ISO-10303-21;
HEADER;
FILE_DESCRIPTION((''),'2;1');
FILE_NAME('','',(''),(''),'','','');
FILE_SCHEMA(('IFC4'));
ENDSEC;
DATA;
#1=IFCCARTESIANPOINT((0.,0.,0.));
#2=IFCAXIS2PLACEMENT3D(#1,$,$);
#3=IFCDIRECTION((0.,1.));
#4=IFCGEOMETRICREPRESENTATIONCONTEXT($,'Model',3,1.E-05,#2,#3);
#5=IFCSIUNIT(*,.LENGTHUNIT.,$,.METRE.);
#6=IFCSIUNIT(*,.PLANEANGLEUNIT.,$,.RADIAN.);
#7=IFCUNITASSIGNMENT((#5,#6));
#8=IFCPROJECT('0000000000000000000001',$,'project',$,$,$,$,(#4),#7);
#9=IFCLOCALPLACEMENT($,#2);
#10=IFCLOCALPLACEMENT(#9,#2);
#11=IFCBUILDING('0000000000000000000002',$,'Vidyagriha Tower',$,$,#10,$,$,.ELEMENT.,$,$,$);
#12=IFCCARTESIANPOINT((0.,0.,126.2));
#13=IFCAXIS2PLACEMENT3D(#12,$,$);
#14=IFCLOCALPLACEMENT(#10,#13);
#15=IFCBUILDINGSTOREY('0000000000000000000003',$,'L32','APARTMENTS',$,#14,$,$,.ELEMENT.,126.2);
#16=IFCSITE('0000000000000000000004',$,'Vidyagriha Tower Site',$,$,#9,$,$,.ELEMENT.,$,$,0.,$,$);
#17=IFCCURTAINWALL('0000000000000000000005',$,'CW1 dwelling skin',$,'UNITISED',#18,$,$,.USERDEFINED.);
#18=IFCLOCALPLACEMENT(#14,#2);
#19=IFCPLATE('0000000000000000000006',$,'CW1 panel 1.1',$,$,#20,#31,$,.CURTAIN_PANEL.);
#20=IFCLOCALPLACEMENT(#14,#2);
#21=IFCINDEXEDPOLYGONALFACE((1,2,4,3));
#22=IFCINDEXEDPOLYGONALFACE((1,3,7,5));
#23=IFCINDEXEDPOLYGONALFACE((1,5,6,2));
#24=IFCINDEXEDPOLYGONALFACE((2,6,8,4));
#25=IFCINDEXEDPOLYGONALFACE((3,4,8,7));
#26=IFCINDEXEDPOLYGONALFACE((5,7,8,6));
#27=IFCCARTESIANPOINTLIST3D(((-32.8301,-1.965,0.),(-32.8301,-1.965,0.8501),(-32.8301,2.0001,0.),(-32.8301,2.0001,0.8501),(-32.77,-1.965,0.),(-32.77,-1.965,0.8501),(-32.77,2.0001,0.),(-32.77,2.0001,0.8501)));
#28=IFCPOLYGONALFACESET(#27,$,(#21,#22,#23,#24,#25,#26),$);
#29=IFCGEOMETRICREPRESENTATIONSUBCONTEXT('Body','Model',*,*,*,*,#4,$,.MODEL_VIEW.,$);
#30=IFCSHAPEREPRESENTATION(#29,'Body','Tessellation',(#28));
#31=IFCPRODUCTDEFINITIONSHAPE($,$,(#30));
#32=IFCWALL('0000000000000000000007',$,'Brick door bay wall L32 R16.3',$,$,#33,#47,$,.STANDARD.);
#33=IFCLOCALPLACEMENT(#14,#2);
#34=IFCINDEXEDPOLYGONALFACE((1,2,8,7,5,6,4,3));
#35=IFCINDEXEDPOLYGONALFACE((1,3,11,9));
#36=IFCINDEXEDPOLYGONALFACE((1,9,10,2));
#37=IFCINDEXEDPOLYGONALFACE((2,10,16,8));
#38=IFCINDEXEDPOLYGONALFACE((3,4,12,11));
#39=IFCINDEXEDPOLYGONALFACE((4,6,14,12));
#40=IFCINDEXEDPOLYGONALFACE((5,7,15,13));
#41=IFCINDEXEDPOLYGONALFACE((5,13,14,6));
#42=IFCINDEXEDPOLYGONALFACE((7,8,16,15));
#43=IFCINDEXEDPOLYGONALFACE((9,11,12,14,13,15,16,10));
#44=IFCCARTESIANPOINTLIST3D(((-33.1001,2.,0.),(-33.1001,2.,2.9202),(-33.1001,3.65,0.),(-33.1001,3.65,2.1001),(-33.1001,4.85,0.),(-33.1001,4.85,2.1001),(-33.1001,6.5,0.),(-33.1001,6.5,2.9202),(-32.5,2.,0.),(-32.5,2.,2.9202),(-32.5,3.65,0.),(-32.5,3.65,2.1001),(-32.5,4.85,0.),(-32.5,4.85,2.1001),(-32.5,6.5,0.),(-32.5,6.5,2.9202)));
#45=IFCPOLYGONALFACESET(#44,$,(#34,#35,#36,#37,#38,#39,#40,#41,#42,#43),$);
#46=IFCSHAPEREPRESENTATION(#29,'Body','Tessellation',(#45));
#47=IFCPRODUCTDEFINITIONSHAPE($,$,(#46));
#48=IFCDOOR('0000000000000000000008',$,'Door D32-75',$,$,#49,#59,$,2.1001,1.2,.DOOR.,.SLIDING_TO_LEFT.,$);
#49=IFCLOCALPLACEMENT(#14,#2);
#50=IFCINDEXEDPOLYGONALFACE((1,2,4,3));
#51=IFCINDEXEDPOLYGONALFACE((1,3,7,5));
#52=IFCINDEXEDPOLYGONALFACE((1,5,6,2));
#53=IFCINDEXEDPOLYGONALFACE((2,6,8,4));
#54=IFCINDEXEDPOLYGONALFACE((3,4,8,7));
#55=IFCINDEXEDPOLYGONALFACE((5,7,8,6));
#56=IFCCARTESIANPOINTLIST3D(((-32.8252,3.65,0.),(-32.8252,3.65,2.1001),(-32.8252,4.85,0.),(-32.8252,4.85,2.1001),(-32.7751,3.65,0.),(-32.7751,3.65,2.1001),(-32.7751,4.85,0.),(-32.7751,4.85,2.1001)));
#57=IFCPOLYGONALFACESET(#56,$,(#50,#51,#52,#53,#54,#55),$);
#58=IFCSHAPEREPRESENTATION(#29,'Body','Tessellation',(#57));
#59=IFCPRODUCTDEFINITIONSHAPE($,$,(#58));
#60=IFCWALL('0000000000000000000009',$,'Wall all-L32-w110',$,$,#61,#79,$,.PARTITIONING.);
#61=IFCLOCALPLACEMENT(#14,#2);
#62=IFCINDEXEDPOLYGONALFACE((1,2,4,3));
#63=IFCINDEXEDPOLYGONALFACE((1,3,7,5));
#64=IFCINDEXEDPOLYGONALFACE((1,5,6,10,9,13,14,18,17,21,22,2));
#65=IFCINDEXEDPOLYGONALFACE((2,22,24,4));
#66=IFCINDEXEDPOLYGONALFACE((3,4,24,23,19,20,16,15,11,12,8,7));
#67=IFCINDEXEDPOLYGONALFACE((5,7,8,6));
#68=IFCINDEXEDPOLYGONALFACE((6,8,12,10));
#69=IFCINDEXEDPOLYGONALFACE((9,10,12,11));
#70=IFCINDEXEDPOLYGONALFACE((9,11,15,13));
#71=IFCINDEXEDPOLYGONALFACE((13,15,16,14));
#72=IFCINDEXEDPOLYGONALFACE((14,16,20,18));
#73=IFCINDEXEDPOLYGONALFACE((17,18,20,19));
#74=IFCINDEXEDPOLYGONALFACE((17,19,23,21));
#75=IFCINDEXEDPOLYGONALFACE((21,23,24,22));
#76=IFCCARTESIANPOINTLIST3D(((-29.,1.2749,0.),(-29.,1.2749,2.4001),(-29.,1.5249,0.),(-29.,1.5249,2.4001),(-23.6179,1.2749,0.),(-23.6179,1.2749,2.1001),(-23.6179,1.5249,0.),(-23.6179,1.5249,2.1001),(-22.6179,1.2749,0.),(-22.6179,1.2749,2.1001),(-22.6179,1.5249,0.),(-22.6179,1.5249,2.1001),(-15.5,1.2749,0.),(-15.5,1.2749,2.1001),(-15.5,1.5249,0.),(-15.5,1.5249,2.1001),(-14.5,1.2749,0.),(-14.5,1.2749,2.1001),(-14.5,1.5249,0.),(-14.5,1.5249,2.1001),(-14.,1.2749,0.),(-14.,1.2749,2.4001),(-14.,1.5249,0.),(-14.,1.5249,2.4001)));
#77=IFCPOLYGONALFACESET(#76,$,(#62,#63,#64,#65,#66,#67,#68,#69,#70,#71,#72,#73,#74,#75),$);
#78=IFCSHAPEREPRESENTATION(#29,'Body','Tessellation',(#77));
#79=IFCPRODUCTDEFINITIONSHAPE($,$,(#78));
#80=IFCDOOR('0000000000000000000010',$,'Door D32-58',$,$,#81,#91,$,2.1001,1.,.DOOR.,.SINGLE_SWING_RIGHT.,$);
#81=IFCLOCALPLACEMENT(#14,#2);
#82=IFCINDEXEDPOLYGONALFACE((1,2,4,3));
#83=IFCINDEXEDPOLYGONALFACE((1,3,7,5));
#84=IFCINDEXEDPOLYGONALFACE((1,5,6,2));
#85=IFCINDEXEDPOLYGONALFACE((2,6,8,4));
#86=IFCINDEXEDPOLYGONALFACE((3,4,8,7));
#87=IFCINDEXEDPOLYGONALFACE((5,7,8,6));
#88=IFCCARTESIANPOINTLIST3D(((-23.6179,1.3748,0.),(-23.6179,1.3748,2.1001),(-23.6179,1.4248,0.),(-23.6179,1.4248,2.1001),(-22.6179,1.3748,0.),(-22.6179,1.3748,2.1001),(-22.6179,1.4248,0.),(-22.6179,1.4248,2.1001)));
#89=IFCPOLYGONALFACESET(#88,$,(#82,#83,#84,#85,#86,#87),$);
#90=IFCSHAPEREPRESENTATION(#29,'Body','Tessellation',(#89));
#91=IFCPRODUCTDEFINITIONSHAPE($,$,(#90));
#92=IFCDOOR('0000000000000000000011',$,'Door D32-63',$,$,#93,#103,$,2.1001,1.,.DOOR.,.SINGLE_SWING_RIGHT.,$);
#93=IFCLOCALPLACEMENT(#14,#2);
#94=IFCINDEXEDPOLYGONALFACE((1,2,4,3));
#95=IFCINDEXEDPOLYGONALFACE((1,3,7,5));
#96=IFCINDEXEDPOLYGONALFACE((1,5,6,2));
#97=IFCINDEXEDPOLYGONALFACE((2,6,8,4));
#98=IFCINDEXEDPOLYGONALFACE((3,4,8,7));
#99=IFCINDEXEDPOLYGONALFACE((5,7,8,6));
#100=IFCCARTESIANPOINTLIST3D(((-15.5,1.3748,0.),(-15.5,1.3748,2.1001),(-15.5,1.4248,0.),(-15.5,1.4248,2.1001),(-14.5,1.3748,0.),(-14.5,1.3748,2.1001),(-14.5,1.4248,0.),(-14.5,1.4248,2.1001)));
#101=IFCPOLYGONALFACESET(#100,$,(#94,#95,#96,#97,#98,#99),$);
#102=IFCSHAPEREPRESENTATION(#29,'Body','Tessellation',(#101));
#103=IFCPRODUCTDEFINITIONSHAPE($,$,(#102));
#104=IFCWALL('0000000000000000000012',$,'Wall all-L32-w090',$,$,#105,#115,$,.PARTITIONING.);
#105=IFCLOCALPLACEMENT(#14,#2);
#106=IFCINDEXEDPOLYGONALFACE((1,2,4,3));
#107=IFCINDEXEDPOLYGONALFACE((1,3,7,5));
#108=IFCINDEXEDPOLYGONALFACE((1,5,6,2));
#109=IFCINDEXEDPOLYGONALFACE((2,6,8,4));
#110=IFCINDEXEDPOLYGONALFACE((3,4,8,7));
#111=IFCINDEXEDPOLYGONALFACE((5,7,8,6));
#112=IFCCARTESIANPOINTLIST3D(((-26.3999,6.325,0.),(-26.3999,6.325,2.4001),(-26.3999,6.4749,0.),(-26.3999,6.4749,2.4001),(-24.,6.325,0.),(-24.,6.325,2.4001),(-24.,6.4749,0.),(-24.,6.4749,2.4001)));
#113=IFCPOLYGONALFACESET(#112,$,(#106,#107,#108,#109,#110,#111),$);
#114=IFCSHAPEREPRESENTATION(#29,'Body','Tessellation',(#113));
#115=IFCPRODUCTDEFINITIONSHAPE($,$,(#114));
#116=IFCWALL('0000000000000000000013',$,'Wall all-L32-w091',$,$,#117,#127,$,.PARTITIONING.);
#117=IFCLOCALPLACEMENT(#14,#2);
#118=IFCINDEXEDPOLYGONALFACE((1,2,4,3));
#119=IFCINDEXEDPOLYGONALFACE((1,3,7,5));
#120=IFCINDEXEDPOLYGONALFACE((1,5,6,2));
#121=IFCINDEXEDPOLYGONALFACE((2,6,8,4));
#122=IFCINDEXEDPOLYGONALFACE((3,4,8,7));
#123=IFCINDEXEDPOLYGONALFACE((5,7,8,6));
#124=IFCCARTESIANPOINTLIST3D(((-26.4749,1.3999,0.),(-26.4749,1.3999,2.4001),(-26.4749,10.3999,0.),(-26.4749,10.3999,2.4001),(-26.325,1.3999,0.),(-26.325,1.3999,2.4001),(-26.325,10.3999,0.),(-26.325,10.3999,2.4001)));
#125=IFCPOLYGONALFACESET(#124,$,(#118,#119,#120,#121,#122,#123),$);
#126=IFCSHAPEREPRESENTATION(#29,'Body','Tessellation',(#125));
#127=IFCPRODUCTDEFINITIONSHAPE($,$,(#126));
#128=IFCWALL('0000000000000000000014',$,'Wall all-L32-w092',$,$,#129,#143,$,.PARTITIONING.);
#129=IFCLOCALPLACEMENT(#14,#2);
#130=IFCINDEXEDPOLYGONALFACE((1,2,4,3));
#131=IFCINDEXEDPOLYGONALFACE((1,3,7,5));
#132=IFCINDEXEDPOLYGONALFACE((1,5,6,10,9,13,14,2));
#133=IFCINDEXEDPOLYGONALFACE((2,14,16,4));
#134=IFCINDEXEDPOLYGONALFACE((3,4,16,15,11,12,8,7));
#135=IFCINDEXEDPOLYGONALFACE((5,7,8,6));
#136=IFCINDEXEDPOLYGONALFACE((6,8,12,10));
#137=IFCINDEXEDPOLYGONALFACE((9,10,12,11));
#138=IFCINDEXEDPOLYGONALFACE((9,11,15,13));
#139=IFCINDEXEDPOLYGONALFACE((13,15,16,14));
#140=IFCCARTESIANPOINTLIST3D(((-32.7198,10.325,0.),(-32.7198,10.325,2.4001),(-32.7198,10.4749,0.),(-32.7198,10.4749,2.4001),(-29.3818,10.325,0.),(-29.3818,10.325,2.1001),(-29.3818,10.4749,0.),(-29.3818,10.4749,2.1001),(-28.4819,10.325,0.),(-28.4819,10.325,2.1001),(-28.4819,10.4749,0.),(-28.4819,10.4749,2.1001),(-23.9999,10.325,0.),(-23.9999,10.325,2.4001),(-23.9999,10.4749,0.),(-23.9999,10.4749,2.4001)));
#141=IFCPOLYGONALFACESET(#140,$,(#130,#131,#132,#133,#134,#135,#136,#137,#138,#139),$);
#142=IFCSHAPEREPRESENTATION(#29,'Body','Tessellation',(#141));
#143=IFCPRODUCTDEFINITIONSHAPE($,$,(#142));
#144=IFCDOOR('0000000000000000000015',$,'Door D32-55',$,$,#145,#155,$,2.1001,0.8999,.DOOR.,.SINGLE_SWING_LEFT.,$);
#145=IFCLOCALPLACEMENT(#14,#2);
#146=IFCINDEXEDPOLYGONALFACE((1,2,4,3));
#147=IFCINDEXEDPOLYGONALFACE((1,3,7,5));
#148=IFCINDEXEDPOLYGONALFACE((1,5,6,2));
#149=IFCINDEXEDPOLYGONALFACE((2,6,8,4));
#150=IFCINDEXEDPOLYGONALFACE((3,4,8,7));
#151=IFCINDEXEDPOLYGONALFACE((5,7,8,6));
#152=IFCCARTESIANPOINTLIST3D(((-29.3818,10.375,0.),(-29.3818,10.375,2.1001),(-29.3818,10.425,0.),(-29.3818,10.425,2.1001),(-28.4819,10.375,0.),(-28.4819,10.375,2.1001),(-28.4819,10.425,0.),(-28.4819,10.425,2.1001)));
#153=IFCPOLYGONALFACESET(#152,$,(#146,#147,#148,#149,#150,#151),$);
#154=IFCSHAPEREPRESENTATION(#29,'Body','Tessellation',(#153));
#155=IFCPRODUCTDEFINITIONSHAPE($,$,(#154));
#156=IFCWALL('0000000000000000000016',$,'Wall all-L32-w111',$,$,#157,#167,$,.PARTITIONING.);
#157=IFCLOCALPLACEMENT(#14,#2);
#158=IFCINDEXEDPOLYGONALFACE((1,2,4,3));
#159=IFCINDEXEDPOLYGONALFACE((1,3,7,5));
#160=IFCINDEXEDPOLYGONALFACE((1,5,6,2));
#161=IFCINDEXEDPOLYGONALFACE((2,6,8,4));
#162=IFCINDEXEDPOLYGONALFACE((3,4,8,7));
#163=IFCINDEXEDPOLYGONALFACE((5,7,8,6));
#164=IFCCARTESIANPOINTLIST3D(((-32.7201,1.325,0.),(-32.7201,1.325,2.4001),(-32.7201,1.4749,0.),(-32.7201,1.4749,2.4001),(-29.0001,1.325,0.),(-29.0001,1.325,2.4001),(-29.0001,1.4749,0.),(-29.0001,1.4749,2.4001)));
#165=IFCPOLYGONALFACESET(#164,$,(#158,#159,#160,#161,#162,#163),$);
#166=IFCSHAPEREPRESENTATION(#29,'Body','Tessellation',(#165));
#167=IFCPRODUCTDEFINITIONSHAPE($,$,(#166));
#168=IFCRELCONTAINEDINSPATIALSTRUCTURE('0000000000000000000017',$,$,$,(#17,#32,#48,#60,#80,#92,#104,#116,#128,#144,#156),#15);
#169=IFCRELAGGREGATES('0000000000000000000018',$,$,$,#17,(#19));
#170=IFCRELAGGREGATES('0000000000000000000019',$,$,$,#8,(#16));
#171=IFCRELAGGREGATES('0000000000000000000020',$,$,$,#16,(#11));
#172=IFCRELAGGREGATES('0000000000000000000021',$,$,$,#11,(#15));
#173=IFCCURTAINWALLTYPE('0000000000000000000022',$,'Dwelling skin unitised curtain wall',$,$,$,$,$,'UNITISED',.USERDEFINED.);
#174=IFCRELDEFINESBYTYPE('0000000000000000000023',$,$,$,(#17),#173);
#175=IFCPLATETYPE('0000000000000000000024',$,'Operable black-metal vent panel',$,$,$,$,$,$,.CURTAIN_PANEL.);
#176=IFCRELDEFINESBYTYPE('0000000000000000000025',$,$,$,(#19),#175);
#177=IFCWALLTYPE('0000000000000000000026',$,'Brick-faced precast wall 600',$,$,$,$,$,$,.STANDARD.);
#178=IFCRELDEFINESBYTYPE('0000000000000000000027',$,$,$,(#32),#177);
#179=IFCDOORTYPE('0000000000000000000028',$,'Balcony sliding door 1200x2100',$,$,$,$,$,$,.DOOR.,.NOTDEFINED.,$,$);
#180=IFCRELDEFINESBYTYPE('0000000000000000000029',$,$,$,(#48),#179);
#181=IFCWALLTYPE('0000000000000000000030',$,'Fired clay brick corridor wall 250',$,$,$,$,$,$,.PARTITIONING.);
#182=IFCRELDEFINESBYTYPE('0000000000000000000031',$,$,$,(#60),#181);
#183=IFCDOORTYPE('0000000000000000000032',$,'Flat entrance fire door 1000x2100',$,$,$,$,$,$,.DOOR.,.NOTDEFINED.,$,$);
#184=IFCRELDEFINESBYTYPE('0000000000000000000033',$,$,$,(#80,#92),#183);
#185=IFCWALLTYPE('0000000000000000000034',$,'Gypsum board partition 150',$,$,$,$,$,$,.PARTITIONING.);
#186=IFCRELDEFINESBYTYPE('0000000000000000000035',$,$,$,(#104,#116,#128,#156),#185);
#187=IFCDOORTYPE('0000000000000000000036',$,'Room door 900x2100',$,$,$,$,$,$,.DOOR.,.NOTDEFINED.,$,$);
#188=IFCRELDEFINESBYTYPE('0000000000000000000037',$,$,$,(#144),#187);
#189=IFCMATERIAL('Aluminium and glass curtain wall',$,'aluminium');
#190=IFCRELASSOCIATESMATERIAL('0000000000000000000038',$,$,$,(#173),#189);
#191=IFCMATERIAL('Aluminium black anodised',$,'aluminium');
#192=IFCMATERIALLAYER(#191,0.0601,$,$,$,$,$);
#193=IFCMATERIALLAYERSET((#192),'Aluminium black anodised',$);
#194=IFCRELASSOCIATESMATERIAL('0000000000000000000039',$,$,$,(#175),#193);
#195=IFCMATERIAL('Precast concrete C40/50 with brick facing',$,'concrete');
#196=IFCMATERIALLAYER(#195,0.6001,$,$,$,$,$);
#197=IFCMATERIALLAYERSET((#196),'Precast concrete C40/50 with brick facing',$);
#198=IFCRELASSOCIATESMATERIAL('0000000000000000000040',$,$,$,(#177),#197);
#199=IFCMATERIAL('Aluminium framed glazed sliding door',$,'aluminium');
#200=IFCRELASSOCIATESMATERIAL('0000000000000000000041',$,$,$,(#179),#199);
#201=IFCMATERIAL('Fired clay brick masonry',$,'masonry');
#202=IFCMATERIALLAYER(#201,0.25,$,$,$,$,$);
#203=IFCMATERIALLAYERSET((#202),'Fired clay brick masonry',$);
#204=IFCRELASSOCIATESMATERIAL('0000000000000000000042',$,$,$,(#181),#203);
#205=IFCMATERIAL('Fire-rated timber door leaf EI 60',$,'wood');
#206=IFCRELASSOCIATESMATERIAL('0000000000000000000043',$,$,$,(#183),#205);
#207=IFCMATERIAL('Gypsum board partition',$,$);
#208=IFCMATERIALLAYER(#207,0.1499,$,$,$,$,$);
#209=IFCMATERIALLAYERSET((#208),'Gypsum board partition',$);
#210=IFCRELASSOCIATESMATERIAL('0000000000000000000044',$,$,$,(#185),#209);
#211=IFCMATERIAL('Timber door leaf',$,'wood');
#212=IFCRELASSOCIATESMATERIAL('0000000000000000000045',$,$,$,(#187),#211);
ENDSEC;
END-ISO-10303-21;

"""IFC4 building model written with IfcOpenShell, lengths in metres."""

from ifc_helpers import new_model, si_unit, direction, frame, frame_2d, origin, origin_2d, place, context, subcontext, project, spatial, rectangle, extrude, material, layer, layer_set, type_object, element, fill, aggregate, save


model = new_model("IFC4")

# Units and contexts
model_context = context("Model", 3, precision=1e-05, world=origin(), true_north=direction((0.0, 1.0)))
body_context = subcontext(model_context, "Body", "Model", "MODEL_VIEW")
ifc_project = project(units=[si_unit("LENGTHUNIT", "METRE"), si_unit("PLANEANGLEUNIT", "RADIAN")], contexts=[model_context])

# Site, building, storey
site_placement = place(None, origin())
site = spatial("IfcSite", under=ifc_project, at=site_placement, Name="Vidyagriha Tower Site", CompositionType="ELEMENT", RefElevation=0.0)
building_placement = place(site_placement, origin())
building = spatial("IfcBuilding", under=site, at=building_placement, Name="Vidyagriha Tower", CompositionType="ELEMENT")
storey_placement = place(building_placement, frame((0.0, 0.0, 126.2)))
storey = spatial("IfcBuildingStorey", under=building, at=storey_placement, Name="L32", Description="APARTMENTS", CompositionType="ELEMENT", Elevation=126.2)

# Shared definitions
ifc_material_1 = material(Name="Aluminium and glass curtain wall", Category="aluminium")
curtain_wall_type = type_object("IfcCurtainWallType", Name="Dwelling skin unitised curtain wall", ElementType="UNITISED", PredefinedType="USERDEFINED", material=ifc_material_1)

# Curtain wall
curtain_wall_1_placement = place(storey_placement, origin())
curtain_wall_1 = element("IfcCurtainWall", 1, at=curtain_wall_1_placement, inside=storey, type_object=curtain_wall_type, Name="CW1 dwelling skin", ObjectType="UNITISED", PredefinedType="USERDEFINED")

# Plate
ifc_material_2 = material(Name="Aluminium black anodised", Category="aluminium")
ifc_layer_1 = layer(ifc_material_2, 0.0601)
ifc_layer_set_1 = layer_set([ifc_layer_1], Name="Aluminium black anodised")
plate_type_1 = type_object("IfcPlateType", Name="Operable black-metal vent panel", PredefinedType="CURTAIN_PANEL", material=ifc_layer_set_1)
plate_1_placement = place(storey_placement, frame((-32.8, 0.0176, 0.0), z_axis=(0.0, 0.0, 1.0), x_axis=(0.0, -1.0, 0.0)))
plate_1 = element("IfcPlate", 2, at=plate_1_placement, type_object=plate_type_1, Name="CW1 panel 1.1", PredefinedType="CURTAIN_PANEL", context=body_context, shape_type="SweptSolid", body=[
    extrude(rectangle(XDim=3.9651, YDim=0.0601, at=origin_2d()), origin(), (0.0, 0.0, 1.0), 0.8501),
])
aggregate(curtain_wall_1, [plate_1])

# Wall, opening, door
ifc_material_3 = material(Name="Precast concrete C40/50 with brick facing", Category="concrete")
ifc_layer_2 = layer(ifc_material_3, 0.6001)
ifc_layer_set_2 = layer_set([ifc_layer_2], Name="Precast concrete C40/50 with brick facing")
wall_type_1 = type_object("IfcWallType", Name="Brick-faced precast wall 600", PredefinedType="STANDARD", material=ifc_layer_set_2)
wall_1_placement = place(storey_placement, frame((-32.8, 6.5, 0.0), z_axis=(0.0, 0.0, 1.0), x_axis=(0.0, -1.0, 0.0)))
wall_1 = element("IfcWall", 3, at=wall_1_placement, inside=storey, type_object=wall_type_1, Name="Brick door bay wall L32 R16.3", PredefinedType="STANDARD", context=body_context, shape_type="SweptSolid", body=[
    extrude(rectangle(XDim=4.5, YDim=0.6001, at=frame_2d((2.25, 0.0))), origin(), (0.0, 0.0, 1.0), 2.9202),
])
opening_1_placement = place(wall_1_placement, frame((1.6499, 0.0, 0.0)))
opening_1 = element("IfcOpeningElement", 4, at=opening_1_placement, cuts=wall_1, PredefinedType="OPENING", context=body_context, shape_type="SweptSolid", body=[
    extrude(rectangle(XDim=1.2, YDim=2.1001, at=frame_2d((0.6001, 1.05))), frame((0.0, 0.3101, 0.0), z_axis=(0.0, -1.0, 0.0), x_axis=(1.0, 0.0, 0.0)), (0.0, 0.0, 1.0), 0.6201),
])
ifc_material_4 = material(Name="Aluminium framed glazed sliding door", Category="aluminium")
door_type_1 = type_object("IfcDoorType", Name="Balcony sliding door 1200x2100", OperationType="NOTDEFINED", PredefinedType="DOOR", material=ifc_material_4)
door_1_placement = place(opening_1_placement, origin())
door_1 = element("IfcDoor", 5, at=door_1_placement, inside=storey, type_object=door_type_1, Name="Door D32-75", OperationType="SLIDING_TO_LEFT", OverallHeight=2.1001, OverallWidth=1.2, PredefinedType="DOOR", context=body_context, shape_type="SweptSolid", body=[
    extrude(rectangle(XDim=1.2, YDim=2.1001, at=frame_2d((0.6001, 1.05))), frame((0.0, 0.0249, 0.0), z_axis=(0.0, -1.0, 0.0), x_axis=(1.0, 0.0, 0.0)), (0.0, 0.0, 1.0), 0.05),
])
fill(opening_1, door_1)

# Wall, openings, doors
ifc_material_5 = material(Name="Fired clay brick masonry", Category="masonry")
ifc_layer_3 = layer(ifc_material_5, 0.25)
ifc_layer_set_3 = layer_set([ifc_layer_3], Name="Fired clay brick masonry")
wall_type_2 = type_object("IfcWallType", Name="Fired clay brick corridor wall 250", PredefinedType="PARTITIONING", material=ifc_layer_set_3)
wall_2_placement = place(storey_placement, frame((-29.0, 1.3999, 0.0)))
wall_2 = element("IfcWall", 6, at=wall_2_placement, inside=storey, type_object=wall_type_2, Name="Wall all-L32-w110", PredefinedType="PARTITIONING", context=body_context, shape_type="SweptSolid", body=[
    extrude(rectangle(XDim=15.0, YDim=0.25, at=frame_2d((7.5, 0.0))), origin(), (0.0, 0.0, 1.0), 2.4001),
])
opening_2_placement = place(wall_2_placement, frame((5.3821, 0.0, 0.0)))
opening_2 = element("IfcOpeningElement", 7, at=opening_2_placement, cuts=wall_2, PredefinedType="OPENING", context=body_context, shape_type="SweptSolid", body=[
    extrude(rectangle(XDim=1.0, YDim=2.1001, at=frame_2d((0.5, 1.05))), frame((0.0, 0.135, 0.0), z_axis=(0.0, -1.0, 0.0), x_axis=(1.0, 0.0, 0.0)), (0.0, 0.0, 1.0), 0.27),
])
opening_3_placement = place(wall_2_placement, frame((13.5, 0.0, 0.0)))
opening_3 = element("IfcOpeningElement", 8, at=opening_3_placement, cuts=wall_2, PredefinedType="OPENING", context=body_context, shape_type="SweptSolid", body=[
    extrude(rectangle(XDim=1.0, YDim=2.1001, at=frame_2d((0.5, 1.05))), frame((0.0, 0.135, 0.0), z_axis=(0.0, -1.0, 0.0), x_axis=(1.0, 0.0, 0.0)), (0.0, 0.0, 1.0), 0.27),
])
ifc_material_6 = material(Name="Fire-rated timber door leaf EI 60", Category="wood")
door_type_2 = type_object("IfcDoorType", Name="Flat entrance fire door 1000x2100", OperationType="NOTDEFINED", PredefinedType="DOOR", material=ifc_material_6)
door_2_placement = place(opening_2_placement, origin())
door_2 = element("IfcDoor", 9, at=door_2_placement, inside=storey, type_object=door_type_2, Name="Door D32-58", OperationType="SINGLE_SWING_RIGHT", OverallHeight=2.1001, OverallWidth=1.0, PredefinedType="DOOR", context=body_context, shape_type="SweptSolid", body=[
    extrude(rectangle(XDim=1.0, YDim=2.1001, at=frame_2d((0.5, 1.05))), frame((0.0, 0.0249, 0.0), z_axis=(0.0, -1.0, 0.0), x_axis=(1.0, 0.0, 0.0)), (0.0, 0.0, 1.0), 0.05),
])
fill(opening_2, door_2)
door_3_placement = place(opening_3_placement, origin())
door_3 = element("IfcDoor", 10, at=door_3_placement, inside=storey, type_object=door_type_2, Name="Door D32-63", OperationType="SINGLE_SWING_RIGHT", OverallHeight=2.1001, OverallWidth=1.0, PredefinedType="DOOR", context=body_context, shape_type="SweptSolid", body=[
    extrude(rectangle(XDim=1.0, YDim=2.1001, at=frame_2d((0.5, 1.05))), frame((0.0, 0.0249, 0.0), z_axis=(0.0, -1.0, 0.0), x_axis=(1.0, 0.0, 0.0)), (0.0, 0.0, 1.0), 0.05),
])
fill(opening_3, door_3)

# Walls
ifc_material_7 = material(Name="Gypsum board partition")
ifc_layer_4 = layer(ifc_material_7, 0.1499)
ifc_layer_set_4 = layer_set([ifc_layer_4], Name="Gypsum board partition")
wall_type_3 = type_object("IfcWallType", Name="Gypsum board partition 150", PredefinedType="PARTITIONING", material=ifc_layer_set_4)
wall_3_placement = place(storey_placement, frame((-26.3999, 6.3999, 0.0)))
element("IfcWall", 11, at=wall_3_placement, inside=storey, type_object=wall_type_3, Name="Wall all-L32-w090", PredefinedType="PARTITIONING", context=body_context, shape_type="SweptSolid", body=[
    extrude(rectangle(XDim=2.3999, YDim=0.1499, at=frame_2d((1.2, 0.0))), origin(), (0.0, 0.0, 1.0), 2.4001),
])
wall_4_placement = place(storey_placement, frame((-26.3999, 1.3999, 0.0), z_axis=(0.0, 0.0, 1.0), x_axis=(0.0, 1.0, 0.0)))
element("IfcWall", 12, at=wall_4_placement, inside=storey, type_object=wall_type_3, Name="Wall all-L32-w091", PredefinedType="PARTITIONING", context=body_context, shape_type="SweptSolid", body=[
    extrude(rectangle(XDim=9.0, YDim=0.1499, at=frame_2d((4.5, 0.0))), origin(), (0.0, 0.0, 1.0), 2.4001),
])

# Wall, opening, door
wall_5_placement = place(storey_placement, frame((-24.0, 10.3999, 0.0), z_axis=(0.0, 0.0, 1.0), x_axis=(-1.0, 0.0, 0.0)))
wall_5 = element("IfcWall", 13, at=wall_5_placement, inside=storey, type_object=wall_type_3, Name="Wall all-L32-w092", PredefinedType="PARTITIONING", context=body_context, shape_type="SweptSolid", body=[
    extrude(rectangle(XDim=8.72, YDim=0.1499, at=frame_2d((4.3599, 0.0))), origin(), (0.0, 0.0, 1.0), 2.4001),
])
opening_4_placement = place(wall_5_placement, frame((4.4819, 0.0, 0.0)))
opening_4 = element("IfcOpeningElement", 14, at=opening_4_placement, cuts=wall_5, PredefinedType="OPENING", context=body_context, shape_type="SweptSolid", body=[
    extrude(rectangle(XDim=0.8999, YDim=2.1001, at=frame_2d((0.45, 1.05))), frame((0.0, 0.085, 0.0), z_axis=(0.0, -1.0, 0.0), x_axis=(1.0, 0.0, 0.0)), (0.0, 0.0, 1.0), 0.1699),
])
ifc_material_8 = material(Name="Timber door leaf", Category="wood")
door_type_3 = type_object("IfcDoorType", Name="Room door 900x2100", OperationType="NOTDEFINED", PredefinedType="DOOR", material=ifc_material_8)
door_4_placement = place(opening_4_placement, origin())
door_4 = element("IfcDoor", 15, at=door_4_placement, inside=storey, type_object=door_type_3, Name="Door D32-55", OperationType="SINGLE_SWING_LEFT", OverallHeight=2.1001, OverallWidth=0.8999, PredefinedType="DOOR", context=body_context, shape_type="SweptSolid", body=[
    extrude(rectangle(XDim=0.8999, YDim=2.1001, at=frame_2d((0.45, 1.05))), frame((0.0, 0.0249, 0.0), z_axis=(0.0, -1.0, 0.0), x_axis=(1.0, 0.0, 0.0)), (0.0, 0.0, 1.0), 0.05),
])
fill(opening_4, door_4)

# Wall
wall_6_placement = place(storey_placement, frame((-32.72, 1.3999, 0.0)))
element("IfcWall", 16, at=wall_6_placement, inside=storey, type_object=wall_type_3, Name="Wall all-L32-w111", PredefinedType="PARTITIONING", context=body_context, shape_type="SweptSolid", body=[
    extrude(rectangle(XDim=3.72, YDim=0.1499, at=frame_2d((1.8599, 0.0))), origin(), (0.0, 0.0, 1.0), 2.4001),
])

save(model, "model.ifc")
